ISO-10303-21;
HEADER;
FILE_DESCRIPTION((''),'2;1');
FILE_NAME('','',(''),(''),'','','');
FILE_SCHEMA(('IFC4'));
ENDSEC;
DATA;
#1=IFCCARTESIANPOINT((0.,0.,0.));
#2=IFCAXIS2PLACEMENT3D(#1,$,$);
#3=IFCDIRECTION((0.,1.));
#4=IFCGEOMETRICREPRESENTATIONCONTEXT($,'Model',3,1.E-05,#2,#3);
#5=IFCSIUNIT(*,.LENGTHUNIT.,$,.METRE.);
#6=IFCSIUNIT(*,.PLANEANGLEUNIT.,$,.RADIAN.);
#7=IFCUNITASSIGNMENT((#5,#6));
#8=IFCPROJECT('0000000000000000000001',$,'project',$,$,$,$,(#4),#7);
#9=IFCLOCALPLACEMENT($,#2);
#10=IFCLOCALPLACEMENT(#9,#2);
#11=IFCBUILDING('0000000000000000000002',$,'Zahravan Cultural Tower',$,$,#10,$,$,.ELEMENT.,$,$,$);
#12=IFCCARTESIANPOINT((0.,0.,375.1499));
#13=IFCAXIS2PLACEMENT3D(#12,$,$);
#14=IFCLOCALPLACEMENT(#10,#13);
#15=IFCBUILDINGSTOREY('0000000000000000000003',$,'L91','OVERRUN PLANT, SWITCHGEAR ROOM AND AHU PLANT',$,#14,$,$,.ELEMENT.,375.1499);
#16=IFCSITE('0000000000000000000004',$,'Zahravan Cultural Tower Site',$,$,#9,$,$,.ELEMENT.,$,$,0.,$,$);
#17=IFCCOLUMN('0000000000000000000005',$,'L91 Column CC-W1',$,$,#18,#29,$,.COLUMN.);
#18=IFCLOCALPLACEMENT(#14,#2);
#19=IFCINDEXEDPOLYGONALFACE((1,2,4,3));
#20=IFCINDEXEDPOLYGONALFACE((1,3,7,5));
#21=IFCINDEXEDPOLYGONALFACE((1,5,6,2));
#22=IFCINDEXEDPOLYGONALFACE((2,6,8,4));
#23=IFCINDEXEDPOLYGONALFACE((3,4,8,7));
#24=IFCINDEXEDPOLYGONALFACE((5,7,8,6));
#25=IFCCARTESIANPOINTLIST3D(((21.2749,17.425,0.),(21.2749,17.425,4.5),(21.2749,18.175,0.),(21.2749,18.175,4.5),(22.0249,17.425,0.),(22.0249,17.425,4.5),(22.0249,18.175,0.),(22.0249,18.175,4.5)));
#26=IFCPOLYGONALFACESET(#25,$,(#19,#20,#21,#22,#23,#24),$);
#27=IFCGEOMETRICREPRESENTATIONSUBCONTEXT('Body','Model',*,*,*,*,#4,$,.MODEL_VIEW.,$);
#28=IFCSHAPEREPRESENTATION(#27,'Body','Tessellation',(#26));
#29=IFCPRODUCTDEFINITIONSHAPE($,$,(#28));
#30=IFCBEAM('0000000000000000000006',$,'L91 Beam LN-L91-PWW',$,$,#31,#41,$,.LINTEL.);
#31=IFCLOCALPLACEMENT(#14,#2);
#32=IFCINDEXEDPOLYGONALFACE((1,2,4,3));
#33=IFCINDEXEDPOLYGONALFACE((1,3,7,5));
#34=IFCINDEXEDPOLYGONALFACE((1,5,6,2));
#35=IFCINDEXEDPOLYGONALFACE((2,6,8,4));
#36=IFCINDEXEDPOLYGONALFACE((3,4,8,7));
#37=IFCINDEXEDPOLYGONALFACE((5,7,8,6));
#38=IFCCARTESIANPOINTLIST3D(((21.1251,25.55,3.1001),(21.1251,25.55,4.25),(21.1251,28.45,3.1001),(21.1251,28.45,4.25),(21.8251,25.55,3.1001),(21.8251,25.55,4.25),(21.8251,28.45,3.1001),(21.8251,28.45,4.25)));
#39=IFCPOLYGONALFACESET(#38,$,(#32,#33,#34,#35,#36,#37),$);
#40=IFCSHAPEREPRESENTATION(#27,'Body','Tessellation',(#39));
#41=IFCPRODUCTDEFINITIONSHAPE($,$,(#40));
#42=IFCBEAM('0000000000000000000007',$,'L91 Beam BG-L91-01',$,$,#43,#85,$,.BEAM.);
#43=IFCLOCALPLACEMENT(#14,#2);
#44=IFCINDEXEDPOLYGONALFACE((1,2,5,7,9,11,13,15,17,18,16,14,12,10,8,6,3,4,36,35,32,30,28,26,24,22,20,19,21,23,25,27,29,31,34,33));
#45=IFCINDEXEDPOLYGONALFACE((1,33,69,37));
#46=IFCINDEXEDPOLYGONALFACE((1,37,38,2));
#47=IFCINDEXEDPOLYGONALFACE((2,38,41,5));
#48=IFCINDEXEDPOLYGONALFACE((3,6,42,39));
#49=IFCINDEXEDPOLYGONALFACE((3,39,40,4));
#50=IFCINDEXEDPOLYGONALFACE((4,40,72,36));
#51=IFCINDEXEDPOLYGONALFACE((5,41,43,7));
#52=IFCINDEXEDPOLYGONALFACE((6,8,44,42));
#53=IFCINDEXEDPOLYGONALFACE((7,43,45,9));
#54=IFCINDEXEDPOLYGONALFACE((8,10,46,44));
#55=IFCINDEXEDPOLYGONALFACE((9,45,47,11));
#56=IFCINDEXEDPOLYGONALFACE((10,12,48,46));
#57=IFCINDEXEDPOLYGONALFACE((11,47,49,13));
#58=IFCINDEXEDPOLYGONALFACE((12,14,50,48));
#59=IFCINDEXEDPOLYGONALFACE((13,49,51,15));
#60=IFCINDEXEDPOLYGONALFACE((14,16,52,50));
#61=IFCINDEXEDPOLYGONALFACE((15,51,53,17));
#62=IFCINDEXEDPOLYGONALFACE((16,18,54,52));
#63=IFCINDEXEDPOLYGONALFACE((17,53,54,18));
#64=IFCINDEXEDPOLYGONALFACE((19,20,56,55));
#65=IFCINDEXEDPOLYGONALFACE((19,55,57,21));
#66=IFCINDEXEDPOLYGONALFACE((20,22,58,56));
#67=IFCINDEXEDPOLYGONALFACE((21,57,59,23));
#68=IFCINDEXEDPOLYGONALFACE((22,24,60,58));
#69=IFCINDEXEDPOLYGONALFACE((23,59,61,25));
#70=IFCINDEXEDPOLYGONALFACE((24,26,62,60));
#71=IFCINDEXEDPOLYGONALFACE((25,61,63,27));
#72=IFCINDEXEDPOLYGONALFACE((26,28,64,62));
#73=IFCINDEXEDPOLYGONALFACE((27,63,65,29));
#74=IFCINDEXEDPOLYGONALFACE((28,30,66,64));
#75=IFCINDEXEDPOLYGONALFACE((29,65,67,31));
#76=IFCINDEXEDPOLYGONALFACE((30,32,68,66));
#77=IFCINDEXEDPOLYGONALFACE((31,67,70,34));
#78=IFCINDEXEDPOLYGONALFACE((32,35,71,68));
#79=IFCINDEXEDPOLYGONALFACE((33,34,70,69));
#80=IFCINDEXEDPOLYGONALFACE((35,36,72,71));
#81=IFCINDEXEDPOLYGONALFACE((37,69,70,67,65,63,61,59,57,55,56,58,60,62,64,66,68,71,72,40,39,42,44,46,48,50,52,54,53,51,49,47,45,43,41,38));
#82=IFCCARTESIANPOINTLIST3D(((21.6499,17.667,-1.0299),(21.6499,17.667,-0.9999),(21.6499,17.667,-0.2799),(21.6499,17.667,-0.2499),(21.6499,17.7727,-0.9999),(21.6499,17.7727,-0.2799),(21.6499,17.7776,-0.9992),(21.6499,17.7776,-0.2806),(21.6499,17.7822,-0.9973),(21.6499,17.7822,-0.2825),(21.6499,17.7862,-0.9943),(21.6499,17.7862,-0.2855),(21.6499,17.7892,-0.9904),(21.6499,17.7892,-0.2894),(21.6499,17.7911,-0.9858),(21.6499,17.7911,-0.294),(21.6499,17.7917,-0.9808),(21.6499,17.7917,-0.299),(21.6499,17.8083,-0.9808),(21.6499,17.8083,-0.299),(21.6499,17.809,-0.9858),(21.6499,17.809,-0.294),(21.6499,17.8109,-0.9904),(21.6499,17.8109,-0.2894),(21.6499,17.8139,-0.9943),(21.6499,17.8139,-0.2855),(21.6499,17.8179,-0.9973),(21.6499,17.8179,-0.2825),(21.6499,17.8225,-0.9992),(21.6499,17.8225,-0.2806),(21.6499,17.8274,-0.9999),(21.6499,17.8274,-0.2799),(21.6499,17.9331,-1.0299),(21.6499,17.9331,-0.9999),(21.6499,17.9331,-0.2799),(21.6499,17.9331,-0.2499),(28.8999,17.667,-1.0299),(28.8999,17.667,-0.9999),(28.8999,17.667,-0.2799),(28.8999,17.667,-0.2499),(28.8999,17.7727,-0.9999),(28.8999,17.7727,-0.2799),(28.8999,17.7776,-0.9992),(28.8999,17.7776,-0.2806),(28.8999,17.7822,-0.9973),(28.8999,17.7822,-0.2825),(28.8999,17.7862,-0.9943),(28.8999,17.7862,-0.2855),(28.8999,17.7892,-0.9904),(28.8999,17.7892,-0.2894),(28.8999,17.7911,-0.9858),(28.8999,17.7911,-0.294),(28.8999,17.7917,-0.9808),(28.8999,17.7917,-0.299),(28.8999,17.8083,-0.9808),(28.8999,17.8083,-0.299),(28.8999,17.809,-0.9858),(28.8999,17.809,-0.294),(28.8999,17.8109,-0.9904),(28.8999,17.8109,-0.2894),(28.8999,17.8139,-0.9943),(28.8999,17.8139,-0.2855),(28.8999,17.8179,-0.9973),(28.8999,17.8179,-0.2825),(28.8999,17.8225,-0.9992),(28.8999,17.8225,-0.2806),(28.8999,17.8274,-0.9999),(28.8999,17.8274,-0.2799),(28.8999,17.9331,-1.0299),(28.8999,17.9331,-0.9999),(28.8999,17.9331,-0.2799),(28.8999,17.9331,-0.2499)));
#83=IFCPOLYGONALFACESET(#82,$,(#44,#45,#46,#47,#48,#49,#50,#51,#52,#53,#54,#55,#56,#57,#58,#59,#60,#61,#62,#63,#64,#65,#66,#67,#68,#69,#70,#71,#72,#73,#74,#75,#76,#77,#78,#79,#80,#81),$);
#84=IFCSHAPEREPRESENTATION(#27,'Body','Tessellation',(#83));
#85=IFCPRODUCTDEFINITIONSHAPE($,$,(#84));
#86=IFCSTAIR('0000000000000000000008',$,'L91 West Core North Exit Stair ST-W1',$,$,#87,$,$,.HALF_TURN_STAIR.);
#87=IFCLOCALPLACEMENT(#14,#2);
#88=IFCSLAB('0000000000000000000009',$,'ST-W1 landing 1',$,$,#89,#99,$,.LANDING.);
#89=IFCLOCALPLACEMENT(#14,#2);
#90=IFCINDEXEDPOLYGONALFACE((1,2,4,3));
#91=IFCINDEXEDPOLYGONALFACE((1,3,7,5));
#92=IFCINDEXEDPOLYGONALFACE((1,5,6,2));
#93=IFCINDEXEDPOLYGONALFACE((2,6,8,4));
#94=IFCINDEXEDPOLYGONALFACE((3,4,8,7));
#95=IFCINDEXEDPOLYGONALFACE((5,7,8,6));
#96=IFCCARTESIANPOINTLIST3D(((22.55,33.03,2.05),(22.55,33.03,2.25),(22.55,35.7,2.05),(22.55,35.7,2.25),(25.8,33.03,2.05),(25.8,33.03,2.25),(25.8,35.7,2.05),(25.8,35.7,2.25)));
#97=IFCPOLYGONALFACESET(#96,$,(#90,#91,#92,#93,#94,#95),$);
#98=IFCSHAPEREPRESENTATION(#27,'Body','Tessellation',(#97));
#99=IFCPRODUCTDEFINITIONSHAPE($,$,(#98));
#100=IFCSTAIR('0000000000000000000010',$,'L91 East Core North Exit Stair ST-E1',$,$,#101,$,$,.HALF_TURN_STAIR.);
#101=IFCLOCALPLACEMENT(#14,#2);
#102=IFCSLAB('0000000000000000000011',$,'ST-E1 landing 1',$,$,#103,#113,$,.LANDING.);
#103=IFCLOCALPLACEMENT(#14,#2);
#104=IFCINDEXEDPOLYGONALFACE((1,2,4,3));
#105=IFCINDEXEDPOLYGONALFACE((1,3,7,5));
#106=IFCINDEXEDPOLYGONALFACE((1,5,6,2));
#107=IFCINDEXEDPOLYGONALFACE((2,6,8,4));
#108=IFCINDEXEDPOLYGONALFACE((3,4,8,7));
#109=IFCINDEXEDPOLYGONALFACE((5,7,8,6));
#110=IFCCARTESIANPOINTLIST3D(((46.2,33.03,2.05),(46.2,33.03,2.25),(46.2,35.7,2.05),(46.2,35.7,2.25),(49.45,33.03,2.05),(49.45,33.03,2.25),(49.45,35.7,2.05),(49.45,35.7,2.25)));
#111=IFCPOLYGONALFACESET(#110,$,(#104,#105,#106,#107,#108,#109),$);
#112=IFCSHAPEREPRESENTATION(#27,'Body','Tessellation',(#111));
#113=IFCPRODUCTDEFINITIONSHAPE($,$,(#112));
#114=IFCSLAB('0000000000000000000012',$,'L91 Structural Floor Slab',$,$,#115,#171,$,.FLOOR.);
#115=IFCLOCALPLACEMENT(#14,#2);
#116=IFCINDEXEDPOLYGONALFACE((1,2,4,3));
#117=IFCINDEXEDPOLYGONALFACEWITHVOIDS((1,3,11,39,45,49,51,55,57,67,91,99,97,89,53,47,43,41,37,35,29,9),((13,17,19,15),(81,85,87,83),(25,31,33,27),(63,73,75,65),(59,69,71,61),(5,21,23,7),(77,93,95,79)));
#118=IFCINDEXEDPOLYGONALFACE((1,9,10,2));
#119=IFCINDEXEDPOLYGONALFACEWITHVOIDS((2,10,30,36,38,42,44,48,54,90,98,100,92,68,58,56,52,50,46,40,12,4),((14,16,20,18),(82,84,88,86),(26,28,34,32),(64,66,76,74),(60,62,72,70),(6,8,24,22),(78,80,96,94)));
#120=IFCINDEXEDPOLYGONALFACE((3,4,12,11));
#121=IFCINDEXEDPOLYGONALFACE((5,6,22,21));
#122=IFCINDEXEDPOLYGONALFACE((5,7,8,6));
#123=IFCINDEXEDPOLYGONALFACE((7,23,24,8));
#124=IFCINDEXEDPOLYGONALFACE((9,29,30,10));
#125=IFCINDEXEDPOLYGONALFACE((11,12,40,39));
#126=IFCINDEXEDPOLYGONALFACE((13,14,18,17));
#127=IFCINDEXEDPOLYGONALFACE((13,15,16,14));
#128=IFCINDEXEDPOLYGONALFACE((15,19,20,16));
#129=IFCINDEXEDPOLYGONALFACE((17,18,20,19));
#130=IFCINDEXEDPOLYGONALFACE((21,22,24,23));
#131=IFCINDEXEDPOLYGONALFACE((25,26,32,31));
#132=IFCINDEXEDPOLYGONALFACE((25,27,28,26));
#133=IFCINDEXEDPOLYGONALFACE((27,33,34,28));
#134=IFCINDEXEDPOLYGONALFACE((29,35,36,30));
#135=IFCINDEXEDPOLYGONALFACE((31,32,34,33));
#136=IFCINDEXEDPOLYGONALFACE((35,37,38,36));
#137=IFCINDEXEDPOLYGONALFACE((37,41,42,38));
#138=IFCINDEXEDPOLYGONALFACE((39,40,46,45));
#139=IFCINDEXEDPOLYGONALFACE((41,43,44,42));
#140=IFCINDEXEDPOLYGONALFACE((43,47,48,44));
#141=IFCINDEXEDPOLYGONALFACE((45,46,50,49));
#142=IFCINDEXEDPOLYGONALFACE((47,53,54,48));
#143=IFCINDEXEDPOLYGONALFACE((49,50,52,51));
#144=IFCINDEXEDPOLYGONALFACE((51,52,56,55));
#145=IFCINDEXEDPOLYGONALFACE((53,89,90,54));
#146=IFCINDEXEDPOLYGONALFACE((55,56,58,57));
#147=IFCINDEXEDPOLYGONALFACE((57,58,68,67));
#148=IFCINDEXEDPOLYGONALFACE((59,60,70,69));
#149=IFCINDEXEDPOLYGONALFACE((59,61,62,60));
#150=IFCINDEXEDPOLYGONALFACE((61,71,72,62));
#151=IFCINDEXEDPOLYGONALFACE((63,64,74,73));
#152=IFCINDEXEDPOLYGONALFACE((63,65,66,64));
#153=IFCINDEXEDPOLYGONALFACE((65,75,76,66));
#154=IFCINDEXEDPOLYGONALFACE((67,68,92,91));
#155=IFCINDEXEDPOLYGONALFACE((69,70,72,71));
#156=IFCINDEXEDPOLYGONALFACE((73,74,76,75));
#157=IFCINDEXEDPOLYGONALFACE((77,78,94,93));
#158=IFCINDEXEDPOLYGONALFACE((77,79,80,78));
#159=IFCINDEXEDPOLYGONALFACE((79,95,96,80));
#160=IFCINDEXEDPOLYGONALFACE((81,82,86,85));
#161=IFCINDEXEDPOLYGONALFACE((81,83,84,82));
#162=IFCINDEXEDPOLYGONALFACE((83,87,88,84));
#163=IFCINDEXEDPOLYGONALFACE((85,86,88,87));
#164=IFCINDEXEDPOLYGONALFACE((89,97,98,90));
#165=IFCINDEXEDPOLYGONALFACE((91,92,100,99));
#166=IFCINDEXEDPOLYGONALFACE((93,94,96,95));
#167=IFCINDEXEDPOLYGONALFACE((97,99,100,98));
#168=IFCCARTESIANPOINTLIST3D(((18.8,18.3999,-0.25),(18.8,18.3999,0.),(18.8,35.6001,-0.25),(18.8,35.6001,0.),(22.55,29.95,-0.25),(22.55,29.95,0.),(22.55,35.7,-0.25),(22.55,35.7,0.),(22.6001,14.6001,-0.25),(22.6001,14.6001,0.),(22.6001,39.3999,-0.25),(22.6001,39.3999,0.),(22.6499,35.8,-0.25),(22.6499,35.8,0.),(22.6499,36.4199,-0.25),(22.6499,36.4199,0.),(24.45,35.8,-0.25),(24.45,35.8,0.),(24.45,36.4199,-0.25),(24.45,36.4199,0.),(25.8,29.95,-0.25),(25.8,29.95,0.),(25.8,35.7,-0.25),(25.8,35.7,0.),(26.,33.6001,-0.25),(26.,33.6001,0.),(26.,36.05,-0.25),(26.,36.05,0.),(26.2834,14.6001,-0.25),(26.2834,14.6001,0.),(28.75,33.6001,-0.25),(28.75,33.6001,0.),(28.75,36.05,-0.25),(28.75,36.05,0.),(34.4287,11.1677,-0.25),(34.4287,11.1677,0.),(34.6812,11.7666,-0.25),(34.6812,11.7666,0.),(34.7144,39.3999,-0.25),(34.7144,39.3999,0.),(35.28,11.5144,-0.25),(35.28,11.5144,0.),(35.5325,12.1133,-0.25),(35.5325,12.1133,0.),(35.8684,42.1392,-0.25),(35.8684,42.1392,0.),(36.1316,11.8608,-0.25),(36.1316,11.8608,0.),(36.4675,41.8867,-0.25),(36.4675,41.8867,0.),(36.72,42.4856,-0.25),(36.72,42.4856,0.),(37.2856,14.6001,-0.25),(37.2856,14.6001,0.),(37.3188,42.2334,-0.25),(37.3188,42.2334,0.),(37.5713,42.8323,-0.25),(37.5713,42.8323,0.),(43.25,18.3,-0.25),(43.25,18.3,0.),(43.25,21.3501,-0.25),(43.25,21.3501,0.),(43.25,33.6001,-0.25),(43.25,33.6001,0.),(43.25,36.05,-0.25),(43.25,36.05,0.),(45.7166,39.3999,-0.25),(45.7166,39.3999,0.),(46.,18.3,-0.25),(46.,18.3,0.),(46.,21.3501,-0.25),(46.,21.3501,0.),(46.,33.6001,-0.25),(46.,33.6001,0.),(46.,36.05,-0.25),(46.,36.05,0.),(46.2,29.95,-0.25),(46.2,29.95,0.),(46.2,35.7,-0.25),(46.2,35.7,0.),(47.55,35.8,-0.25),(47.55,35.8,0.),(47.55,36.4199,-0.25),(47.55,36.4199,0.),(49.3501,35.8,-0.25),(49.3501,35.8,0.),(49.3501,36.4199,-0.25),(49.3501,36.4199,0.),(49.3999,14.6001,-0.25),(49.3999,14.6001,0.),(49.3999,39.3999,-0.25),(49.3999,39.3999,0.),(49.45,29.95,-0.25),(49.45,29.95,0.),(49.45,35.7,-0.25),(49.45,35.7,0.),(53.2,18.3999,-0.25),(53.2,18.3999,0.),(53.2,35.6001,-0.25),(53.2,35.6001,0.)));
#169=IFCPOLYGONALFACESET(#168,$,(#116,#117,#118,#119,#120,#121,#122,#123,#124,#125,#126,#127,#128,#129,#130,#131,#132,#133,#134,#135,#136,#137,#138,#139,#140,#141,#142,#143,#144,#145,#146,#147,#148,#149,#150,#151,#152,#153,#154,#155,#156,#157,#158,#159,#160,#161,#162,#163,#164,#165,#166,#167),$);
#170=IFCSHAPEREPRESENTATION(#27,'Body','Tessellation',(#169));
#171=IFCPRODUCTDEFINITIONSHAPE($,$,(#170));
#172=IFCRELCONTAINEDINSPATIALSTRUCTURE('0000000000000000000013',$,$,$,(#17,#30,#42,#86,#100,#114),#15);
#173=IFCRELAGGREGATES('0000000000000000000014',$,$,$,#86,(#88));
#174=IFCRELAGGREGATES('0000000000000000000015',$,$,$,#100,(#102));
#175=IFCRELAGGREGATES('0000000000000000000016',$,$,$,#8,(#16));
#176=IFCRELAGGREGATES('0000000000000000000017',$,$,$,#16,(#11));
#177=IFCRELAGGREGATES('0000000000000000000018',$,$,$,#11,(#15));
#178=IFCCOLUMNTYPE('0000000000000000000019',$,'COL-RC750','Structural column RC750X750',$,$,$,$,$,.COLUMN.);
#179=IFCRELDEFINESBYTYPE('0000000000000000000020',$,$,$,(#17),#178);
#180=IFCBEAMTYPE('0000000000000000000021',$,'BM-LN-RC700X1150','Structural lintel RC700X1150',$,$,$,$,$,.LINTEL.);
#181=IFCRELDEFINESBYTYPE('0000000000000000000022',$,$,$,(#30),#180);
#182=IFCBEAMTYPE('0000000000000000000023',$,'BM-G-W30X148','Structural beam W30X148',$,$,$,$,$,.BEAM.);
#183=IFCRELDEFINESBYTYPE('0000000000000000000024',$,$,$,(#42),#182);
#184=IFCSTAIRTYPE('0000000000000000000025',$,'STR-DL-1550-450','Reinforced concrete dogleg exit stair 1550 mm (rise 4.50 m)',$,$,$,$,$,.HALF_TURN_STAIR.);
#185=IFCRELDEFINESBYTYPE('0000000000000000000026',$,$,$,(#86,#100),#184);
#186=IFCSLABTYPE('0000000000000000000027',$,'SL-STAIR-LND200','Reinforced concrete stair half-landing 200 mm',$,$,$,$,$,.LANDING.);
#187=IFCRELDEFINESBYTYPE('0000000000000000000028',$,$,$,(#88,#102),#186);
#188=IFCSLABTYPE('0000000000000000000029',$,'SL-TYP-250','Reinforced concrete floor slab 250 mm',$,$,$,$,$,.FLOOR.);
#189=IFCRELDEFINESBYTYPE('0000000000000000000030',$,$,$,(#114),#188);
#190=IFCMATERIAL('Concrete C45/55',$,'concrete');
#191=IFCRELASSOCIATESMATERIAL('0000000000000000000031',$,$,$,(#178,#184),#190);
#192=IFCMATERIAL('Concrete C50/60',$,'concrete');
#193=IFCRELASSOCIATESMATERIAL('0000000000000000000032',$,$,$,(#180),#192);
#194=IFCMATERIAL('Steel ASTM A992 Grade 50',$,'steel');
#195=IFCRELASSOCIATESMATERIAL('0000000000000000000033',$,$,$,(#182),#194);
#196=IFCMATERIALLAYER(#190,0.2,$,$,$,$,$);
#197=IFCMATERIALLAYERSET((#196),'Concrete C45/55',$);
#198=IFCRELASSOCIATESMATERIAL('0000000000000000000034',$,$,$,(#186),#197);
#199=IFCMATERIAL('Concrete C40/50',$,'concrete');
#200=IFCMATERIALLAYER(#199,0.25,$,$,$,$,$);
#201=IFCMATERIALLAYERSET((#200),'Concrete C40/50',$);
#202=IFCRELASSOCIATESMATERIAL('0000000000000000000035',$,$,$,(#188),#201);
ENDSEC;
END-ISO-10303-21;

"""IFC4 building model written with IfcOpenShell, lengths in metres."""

from ifc_helpers import new_model, si_unit, direction, frame, origin, origin_2d, place, context, subcontext, project, spatial, polyline, rectangle, i_section, outline, extrude, source, transform, mapped, material, layer, layer_set, material_profile, profile_set, type_object, element, aggregate, save


model = new_model("IFC4")

# Units and contexts
model_context = context("Model", 3, precision=1e-05, world=origin(), true_north=direction((0.0, 1.0)))
body_context = subcontext(model_context, "Body", "Model", "MODEL_VIEW")
ifc_project = project(units=[si_unit("LENGTHUNIT", "METRE"), si_unit("PLANEANGLEUNIT", "RADIAN")], contexts=[model_context])

# Site, building, storey
site_placement = place(None, origin())
site = spatial("IfcSite", under=ifc_project, at=site_placement, Name="Zahravan Cultural Tower Site", CompositionType="ELEMENT", RefElevation=0.0)
building_placement = place(site_placement, origin())
building = spatial("IfcBuilding", under=site, at=building_placement, Name="Zahravan Cultural Tower", CompositionType="ELEMENT")
storey_placement = place(building_placement, frame((0.0, 0.0, 375.1499)))
storey = spatial("IfcBuildingStorey", under=building, at=storey_placement, Name="L91", Description="OVERRUN PLANT, SWITCHGEAR ROOM AND AHU PLANT", CompositionType="ELEMENT", Elevation=375.1499)

# Column
ifc_material_1 = material(Name="Concrete C45/55", Category="concrete")
ifc_material_profile_1 = material_profile(ifc_material_1, rectangle(XDim=0.75, YDim=0.75, at=origin_2d()), Name="RC750X750")
ifc_profile_set_1 = profile_set([ifc_material_profile_1], Name="Concrete C45/55")
column_type = type_object("IfcColumnType", Name="COL-RC750", Description="Structural column RC750X750", PredefinedType="COLUMN", material=ifc_profile_set_1)
shared_shape_1 = source(origin(), body_context, "Body", "SweptSolid", [
    extrude(rectangle(XDim=0.75, YDim=0.75, at=origin_2d()), origin(), (0.0, 0.0, 1.0), 4.5),
])
column_placement = place(storey_placement, frame((21.6499, 17.8, 0.0), z_axis=(0.0, 0.0, 1.0), x_axis=(1.0, 0.0, 0.0)))
element("IfcColumn", 1, at=column_placement, inside=storey, type_object=column_type, Name="L91 Column CC-W1", PredefinedType="COLUMN", context=body_context, shape_type="MappedRepresentation", body=[
    mapped(shared_shape_1, transform((0.0, 0.0, 0.0), x_axis=(1.0, 0.0, 0.0), y_axis=(0.0, 1.0, 0.0), z_axis=(0.0, 0.0, 1.0), scale=1.0)),
])

# Beams
ifc_material_2 = material(Name="Concrete C50/60", Category="concrete")
ifc_material_profile_2 = material_profile(ifc_material_2, rectangle(XDim=0.7, YDim=1.1499, at=origin_2d()), Name="RC700X1150")
ifc_profile_set_2 = profile_set([ifc_material_profile_2], Name="Concrete C50/60")
beam_type_1 = type_object("IfcBeamType", Name="BM-LN-RC700X1150", Description="Structural lintel RC700X1150", PredefinedType="LINTEL", material=ifc_profile_set_2)
shared_shape_2 = source(origin(), body_context, "Body", "SweptSolid", [
    extrude(rectangle(XDim=0.7, YDim=1.1499, at=origin_2d()), origin(), (0.0, 0.0, 1.0), 2.8999),
])
beam_1_placement = place(storey_placement, frame((21.4751, 25.55, 3.675), z_axis=(0.0, 1.0, 0.0), x_axis=(-1.0, 0.0, 0.0)))
element("IfcBeam", 2, at=beam_1_placement, inside=storey, type_object=beam_type_1, Name="L91 Beam LN-L91-PWW", PredefinedType="LINTEL", context=body_context, shape_type="MappedRepresentation", body=[
    mapped(shared_shape_2, transform((0.0, 0.0, 0.0), x_axis=(1.0, 0.0, 0.0), y_axis=(0.0, 1.0, 0.0), z_axis=(0.0, 0.0, 1.0), scale=1.0)),
])
ifc_material_3 = material(Name="Steel ASTM A992 Grade 50", Category="steel")
ifc_material_profile_3 = material_profile(ifc_material_3, i_section(OverallWidth=0.2661, OverallDepth=0.78, WebThickness=0.0166, FlangeThickness=0.03, FilletRadius=0.019, at=origin_2d()), Name="W30X148")
ifc_profile_set_3 = profile_set([ifc_material_profile_3], Name="Steel ASTM A992 Grade 50")
beam_type_2 = type_object("IfcBeamType", Name="BM-G-W30X148", Description="Structural beam W30X148", PredefinedType="BEAM", material=ifc_profile_set_3)
shared_shape_3 = source(origin(), body_context, "Body", "SweptSolid", [
    extrude(i_section(OverallWidth=0.2661, OverallDepth=0.78, WebThickness=0.0166, FlangeThickness=0.03, FilletRadius=0.019, at=origin_2d()), origin(), (0.0, 0.0, 1.0), 7.25),
])
beam_2_placement = place(storey_placement, frame((21.6499, 17.8, -0.6399), z_axis=(1.0, 0.0, 0.0), x_axis=(0.0, 1.0, 0.0)))
element("IfcBeam", 3, at=beam_2_placement, inside=storey, type_object=beam_type_2, Name="L91 Beam BG-L91-01", PredefinedType="BEAM", context=body_context, shape_type="MappedRepresentation", body=[
    mapped(shared_shape_3, transform((0.0, 0.0, 0.0), x_axis=(1.0, 0.0, 0.0), y_axis=(0.0, 1.0, 0.0), z_axis=(0.0, 0.0, 1.0), scale=1.0)),
])

# Stairs, slabs
stair_type = type_object("IfcStairType", Name="STR-DL-1550-450", Description="Reinforced concrete dogleg exit stair 1550 mm (rise 4.50 m)", PredefinedType="HALF_TURN_STAIR", material=ifc_material_1)
stair_1_placement = place(storey_placement, origin())
stair_1 = element("IfcStair", 4, at=stair_1_placement, inside=storey, type_object=stair_type, Name="L91 West Core North Exit Stair ST-W1", PredefinedType="HALF_TURN_STAIR")
ifc_layer_1 = layer(ifc_material_1, 0.2)
ifc_layer_set_1 = layer_set([ifc_layer_1], Name="Concrete C45/55")
slab_type_1 = type_object("IfcSlabType", Name="SL-STAIR-LND200", Description="Reinforced concrete stair half-landing 200 mm", PredefinedType="LANDING", material=ifc_layer_set_1)
slab_1_placement = place(storey_placement, frame((0.0, 0.0, 2.05)))
slab_1 = element("IfcSlab", 5, at=slab_1_placement, type_object=slab_type_1, Name="ST-W1 landing 1", PredefinedType="LANDING", context=body_context, shape_type="SweptSolid", body=[
    extrude(outline(polyline([(25.8, 33.03), (25.8, 35.7), (22.55, 35.7), (22.55, 33.03), (25.8, 33.03)])), origin(), (0.0, 0.0, 1.0), 0.2),
])
aggregate(stair_1, [slab_1])
stair_2_placement = place(storey_placement, origin())
stair_2 = element("IfcStair", 6, at=stair_2_placement, inside=storey, type_object=stair_type, Name="L91 East Core North Exit Stair ST-E1", PredefinedType="HALF_TURN_STAIR")
slab_2_placement = place(storey_placement, frame((0.0, 0.0, 2.05)))
slab_2 = element("IfcSlab", 7, at=slab_2_placement, type_object=slab_type_1, Name="ST-E1 landing 1", PredefinedType="LANDING", context=body_context, shape_type="SweptSolid", body=[
    extrude(outline(polyline([(49.45, 33.03), (49.45, 35.7), (46.2, 35.7), (46.2, 33.03), (49.45, 33.03)])), origin(), (0.0, 0.0, 1.0), 0.2),
])
aggregate(stair_2, [slab_2])

# Slab
ifc_material_4 = material(Name="Concrete C40/50", Category="concrete")
ifc_layer_2 = layer(ifc_material_4, 0.25)
ifc_layer_set_2 = layer_set([ifc_layer_2], Name="Concrete C40/50")
slab_type_2 = type_object("IfcSlabType", Name="SL-TYP-250", Description="Reinforced concrete floor slab 250 mm", PredefinedType="FLOOR", material=ifc_layer_set_2)
slab_3_placement = place(storey_placement, frame((0.0, 0.0, -0.25)))
element("IfcSlab", 8, at=slab_3_placement, inside=storey, type_object=slab_type_2, Name="L91 Structural Floor Slab", PredefinedType="FLOOR", context=body_context, shape_type="SweptSolid", body=[
    extrude(outline(polyline([(34.7144, 39.3999), (22.6001, 39.3999), (18.8, 35.6001), (18.8, 18.3999), (22.6001, 14.6001), (26.2834, 14.6001), (34.4287, 11.1677), (34.6812, 11.7666), (35.28, 11.5144), (35.5325, 12.1133), (36.1316, 11.8608), (37.2856, 14.6001), (49.3999, 14.6001), (53.2, 18.3999), (53.2, 35.6001), (49.3999, 39.3999), (45.7166, 39.3999), (37.5713, 42.8323), (37.3188, 42.2334), (36.72, 42.4856), (36.4675, 41.8867), (35.8684, 42.1392), (34.7144, 39.3999)]), holes=[polyline([(22.55, 29.95), (22.55, 35.7), (25.8, 35.7), (25.8, 29.95), (22.55, 29.95)]), polyline([(46.2, 29.95), (46.2, 35.7), (49.45, 35.7), (49.45, 29.95), (46.2, 29.95)]), polyline([(26.0, 33.6001), (26.0, 36.05), (28.75, 36.05), (28.75, 33.6001), (26.0, 33.6001)]), polyline([(43.25, 33.6001), (43.25, 36.05), (46.0, 36.05), (46.0, 33.6001), (43.25, 33.6001)]), polyline([(43.25, 18.3), (43.25, 21.3501), (46.0, 21.3501), (46.0, 18.3), (43.25, 18.3)]), polyline([(22.6499, 35.8), (22.6499, 36.4199), (24.45, 36.4199), (24.45, 35.8), (22.6499, 35.8)]), polyline([(47.55, 35.8), (47.55, 36.4199), (49.3501, 36.4199), (49.3501, 35.8), (47.55, 35.8)])]), origin(), (0.0, 0.0, 1.0), 0.25),
])

save(model, "model.ifc")
